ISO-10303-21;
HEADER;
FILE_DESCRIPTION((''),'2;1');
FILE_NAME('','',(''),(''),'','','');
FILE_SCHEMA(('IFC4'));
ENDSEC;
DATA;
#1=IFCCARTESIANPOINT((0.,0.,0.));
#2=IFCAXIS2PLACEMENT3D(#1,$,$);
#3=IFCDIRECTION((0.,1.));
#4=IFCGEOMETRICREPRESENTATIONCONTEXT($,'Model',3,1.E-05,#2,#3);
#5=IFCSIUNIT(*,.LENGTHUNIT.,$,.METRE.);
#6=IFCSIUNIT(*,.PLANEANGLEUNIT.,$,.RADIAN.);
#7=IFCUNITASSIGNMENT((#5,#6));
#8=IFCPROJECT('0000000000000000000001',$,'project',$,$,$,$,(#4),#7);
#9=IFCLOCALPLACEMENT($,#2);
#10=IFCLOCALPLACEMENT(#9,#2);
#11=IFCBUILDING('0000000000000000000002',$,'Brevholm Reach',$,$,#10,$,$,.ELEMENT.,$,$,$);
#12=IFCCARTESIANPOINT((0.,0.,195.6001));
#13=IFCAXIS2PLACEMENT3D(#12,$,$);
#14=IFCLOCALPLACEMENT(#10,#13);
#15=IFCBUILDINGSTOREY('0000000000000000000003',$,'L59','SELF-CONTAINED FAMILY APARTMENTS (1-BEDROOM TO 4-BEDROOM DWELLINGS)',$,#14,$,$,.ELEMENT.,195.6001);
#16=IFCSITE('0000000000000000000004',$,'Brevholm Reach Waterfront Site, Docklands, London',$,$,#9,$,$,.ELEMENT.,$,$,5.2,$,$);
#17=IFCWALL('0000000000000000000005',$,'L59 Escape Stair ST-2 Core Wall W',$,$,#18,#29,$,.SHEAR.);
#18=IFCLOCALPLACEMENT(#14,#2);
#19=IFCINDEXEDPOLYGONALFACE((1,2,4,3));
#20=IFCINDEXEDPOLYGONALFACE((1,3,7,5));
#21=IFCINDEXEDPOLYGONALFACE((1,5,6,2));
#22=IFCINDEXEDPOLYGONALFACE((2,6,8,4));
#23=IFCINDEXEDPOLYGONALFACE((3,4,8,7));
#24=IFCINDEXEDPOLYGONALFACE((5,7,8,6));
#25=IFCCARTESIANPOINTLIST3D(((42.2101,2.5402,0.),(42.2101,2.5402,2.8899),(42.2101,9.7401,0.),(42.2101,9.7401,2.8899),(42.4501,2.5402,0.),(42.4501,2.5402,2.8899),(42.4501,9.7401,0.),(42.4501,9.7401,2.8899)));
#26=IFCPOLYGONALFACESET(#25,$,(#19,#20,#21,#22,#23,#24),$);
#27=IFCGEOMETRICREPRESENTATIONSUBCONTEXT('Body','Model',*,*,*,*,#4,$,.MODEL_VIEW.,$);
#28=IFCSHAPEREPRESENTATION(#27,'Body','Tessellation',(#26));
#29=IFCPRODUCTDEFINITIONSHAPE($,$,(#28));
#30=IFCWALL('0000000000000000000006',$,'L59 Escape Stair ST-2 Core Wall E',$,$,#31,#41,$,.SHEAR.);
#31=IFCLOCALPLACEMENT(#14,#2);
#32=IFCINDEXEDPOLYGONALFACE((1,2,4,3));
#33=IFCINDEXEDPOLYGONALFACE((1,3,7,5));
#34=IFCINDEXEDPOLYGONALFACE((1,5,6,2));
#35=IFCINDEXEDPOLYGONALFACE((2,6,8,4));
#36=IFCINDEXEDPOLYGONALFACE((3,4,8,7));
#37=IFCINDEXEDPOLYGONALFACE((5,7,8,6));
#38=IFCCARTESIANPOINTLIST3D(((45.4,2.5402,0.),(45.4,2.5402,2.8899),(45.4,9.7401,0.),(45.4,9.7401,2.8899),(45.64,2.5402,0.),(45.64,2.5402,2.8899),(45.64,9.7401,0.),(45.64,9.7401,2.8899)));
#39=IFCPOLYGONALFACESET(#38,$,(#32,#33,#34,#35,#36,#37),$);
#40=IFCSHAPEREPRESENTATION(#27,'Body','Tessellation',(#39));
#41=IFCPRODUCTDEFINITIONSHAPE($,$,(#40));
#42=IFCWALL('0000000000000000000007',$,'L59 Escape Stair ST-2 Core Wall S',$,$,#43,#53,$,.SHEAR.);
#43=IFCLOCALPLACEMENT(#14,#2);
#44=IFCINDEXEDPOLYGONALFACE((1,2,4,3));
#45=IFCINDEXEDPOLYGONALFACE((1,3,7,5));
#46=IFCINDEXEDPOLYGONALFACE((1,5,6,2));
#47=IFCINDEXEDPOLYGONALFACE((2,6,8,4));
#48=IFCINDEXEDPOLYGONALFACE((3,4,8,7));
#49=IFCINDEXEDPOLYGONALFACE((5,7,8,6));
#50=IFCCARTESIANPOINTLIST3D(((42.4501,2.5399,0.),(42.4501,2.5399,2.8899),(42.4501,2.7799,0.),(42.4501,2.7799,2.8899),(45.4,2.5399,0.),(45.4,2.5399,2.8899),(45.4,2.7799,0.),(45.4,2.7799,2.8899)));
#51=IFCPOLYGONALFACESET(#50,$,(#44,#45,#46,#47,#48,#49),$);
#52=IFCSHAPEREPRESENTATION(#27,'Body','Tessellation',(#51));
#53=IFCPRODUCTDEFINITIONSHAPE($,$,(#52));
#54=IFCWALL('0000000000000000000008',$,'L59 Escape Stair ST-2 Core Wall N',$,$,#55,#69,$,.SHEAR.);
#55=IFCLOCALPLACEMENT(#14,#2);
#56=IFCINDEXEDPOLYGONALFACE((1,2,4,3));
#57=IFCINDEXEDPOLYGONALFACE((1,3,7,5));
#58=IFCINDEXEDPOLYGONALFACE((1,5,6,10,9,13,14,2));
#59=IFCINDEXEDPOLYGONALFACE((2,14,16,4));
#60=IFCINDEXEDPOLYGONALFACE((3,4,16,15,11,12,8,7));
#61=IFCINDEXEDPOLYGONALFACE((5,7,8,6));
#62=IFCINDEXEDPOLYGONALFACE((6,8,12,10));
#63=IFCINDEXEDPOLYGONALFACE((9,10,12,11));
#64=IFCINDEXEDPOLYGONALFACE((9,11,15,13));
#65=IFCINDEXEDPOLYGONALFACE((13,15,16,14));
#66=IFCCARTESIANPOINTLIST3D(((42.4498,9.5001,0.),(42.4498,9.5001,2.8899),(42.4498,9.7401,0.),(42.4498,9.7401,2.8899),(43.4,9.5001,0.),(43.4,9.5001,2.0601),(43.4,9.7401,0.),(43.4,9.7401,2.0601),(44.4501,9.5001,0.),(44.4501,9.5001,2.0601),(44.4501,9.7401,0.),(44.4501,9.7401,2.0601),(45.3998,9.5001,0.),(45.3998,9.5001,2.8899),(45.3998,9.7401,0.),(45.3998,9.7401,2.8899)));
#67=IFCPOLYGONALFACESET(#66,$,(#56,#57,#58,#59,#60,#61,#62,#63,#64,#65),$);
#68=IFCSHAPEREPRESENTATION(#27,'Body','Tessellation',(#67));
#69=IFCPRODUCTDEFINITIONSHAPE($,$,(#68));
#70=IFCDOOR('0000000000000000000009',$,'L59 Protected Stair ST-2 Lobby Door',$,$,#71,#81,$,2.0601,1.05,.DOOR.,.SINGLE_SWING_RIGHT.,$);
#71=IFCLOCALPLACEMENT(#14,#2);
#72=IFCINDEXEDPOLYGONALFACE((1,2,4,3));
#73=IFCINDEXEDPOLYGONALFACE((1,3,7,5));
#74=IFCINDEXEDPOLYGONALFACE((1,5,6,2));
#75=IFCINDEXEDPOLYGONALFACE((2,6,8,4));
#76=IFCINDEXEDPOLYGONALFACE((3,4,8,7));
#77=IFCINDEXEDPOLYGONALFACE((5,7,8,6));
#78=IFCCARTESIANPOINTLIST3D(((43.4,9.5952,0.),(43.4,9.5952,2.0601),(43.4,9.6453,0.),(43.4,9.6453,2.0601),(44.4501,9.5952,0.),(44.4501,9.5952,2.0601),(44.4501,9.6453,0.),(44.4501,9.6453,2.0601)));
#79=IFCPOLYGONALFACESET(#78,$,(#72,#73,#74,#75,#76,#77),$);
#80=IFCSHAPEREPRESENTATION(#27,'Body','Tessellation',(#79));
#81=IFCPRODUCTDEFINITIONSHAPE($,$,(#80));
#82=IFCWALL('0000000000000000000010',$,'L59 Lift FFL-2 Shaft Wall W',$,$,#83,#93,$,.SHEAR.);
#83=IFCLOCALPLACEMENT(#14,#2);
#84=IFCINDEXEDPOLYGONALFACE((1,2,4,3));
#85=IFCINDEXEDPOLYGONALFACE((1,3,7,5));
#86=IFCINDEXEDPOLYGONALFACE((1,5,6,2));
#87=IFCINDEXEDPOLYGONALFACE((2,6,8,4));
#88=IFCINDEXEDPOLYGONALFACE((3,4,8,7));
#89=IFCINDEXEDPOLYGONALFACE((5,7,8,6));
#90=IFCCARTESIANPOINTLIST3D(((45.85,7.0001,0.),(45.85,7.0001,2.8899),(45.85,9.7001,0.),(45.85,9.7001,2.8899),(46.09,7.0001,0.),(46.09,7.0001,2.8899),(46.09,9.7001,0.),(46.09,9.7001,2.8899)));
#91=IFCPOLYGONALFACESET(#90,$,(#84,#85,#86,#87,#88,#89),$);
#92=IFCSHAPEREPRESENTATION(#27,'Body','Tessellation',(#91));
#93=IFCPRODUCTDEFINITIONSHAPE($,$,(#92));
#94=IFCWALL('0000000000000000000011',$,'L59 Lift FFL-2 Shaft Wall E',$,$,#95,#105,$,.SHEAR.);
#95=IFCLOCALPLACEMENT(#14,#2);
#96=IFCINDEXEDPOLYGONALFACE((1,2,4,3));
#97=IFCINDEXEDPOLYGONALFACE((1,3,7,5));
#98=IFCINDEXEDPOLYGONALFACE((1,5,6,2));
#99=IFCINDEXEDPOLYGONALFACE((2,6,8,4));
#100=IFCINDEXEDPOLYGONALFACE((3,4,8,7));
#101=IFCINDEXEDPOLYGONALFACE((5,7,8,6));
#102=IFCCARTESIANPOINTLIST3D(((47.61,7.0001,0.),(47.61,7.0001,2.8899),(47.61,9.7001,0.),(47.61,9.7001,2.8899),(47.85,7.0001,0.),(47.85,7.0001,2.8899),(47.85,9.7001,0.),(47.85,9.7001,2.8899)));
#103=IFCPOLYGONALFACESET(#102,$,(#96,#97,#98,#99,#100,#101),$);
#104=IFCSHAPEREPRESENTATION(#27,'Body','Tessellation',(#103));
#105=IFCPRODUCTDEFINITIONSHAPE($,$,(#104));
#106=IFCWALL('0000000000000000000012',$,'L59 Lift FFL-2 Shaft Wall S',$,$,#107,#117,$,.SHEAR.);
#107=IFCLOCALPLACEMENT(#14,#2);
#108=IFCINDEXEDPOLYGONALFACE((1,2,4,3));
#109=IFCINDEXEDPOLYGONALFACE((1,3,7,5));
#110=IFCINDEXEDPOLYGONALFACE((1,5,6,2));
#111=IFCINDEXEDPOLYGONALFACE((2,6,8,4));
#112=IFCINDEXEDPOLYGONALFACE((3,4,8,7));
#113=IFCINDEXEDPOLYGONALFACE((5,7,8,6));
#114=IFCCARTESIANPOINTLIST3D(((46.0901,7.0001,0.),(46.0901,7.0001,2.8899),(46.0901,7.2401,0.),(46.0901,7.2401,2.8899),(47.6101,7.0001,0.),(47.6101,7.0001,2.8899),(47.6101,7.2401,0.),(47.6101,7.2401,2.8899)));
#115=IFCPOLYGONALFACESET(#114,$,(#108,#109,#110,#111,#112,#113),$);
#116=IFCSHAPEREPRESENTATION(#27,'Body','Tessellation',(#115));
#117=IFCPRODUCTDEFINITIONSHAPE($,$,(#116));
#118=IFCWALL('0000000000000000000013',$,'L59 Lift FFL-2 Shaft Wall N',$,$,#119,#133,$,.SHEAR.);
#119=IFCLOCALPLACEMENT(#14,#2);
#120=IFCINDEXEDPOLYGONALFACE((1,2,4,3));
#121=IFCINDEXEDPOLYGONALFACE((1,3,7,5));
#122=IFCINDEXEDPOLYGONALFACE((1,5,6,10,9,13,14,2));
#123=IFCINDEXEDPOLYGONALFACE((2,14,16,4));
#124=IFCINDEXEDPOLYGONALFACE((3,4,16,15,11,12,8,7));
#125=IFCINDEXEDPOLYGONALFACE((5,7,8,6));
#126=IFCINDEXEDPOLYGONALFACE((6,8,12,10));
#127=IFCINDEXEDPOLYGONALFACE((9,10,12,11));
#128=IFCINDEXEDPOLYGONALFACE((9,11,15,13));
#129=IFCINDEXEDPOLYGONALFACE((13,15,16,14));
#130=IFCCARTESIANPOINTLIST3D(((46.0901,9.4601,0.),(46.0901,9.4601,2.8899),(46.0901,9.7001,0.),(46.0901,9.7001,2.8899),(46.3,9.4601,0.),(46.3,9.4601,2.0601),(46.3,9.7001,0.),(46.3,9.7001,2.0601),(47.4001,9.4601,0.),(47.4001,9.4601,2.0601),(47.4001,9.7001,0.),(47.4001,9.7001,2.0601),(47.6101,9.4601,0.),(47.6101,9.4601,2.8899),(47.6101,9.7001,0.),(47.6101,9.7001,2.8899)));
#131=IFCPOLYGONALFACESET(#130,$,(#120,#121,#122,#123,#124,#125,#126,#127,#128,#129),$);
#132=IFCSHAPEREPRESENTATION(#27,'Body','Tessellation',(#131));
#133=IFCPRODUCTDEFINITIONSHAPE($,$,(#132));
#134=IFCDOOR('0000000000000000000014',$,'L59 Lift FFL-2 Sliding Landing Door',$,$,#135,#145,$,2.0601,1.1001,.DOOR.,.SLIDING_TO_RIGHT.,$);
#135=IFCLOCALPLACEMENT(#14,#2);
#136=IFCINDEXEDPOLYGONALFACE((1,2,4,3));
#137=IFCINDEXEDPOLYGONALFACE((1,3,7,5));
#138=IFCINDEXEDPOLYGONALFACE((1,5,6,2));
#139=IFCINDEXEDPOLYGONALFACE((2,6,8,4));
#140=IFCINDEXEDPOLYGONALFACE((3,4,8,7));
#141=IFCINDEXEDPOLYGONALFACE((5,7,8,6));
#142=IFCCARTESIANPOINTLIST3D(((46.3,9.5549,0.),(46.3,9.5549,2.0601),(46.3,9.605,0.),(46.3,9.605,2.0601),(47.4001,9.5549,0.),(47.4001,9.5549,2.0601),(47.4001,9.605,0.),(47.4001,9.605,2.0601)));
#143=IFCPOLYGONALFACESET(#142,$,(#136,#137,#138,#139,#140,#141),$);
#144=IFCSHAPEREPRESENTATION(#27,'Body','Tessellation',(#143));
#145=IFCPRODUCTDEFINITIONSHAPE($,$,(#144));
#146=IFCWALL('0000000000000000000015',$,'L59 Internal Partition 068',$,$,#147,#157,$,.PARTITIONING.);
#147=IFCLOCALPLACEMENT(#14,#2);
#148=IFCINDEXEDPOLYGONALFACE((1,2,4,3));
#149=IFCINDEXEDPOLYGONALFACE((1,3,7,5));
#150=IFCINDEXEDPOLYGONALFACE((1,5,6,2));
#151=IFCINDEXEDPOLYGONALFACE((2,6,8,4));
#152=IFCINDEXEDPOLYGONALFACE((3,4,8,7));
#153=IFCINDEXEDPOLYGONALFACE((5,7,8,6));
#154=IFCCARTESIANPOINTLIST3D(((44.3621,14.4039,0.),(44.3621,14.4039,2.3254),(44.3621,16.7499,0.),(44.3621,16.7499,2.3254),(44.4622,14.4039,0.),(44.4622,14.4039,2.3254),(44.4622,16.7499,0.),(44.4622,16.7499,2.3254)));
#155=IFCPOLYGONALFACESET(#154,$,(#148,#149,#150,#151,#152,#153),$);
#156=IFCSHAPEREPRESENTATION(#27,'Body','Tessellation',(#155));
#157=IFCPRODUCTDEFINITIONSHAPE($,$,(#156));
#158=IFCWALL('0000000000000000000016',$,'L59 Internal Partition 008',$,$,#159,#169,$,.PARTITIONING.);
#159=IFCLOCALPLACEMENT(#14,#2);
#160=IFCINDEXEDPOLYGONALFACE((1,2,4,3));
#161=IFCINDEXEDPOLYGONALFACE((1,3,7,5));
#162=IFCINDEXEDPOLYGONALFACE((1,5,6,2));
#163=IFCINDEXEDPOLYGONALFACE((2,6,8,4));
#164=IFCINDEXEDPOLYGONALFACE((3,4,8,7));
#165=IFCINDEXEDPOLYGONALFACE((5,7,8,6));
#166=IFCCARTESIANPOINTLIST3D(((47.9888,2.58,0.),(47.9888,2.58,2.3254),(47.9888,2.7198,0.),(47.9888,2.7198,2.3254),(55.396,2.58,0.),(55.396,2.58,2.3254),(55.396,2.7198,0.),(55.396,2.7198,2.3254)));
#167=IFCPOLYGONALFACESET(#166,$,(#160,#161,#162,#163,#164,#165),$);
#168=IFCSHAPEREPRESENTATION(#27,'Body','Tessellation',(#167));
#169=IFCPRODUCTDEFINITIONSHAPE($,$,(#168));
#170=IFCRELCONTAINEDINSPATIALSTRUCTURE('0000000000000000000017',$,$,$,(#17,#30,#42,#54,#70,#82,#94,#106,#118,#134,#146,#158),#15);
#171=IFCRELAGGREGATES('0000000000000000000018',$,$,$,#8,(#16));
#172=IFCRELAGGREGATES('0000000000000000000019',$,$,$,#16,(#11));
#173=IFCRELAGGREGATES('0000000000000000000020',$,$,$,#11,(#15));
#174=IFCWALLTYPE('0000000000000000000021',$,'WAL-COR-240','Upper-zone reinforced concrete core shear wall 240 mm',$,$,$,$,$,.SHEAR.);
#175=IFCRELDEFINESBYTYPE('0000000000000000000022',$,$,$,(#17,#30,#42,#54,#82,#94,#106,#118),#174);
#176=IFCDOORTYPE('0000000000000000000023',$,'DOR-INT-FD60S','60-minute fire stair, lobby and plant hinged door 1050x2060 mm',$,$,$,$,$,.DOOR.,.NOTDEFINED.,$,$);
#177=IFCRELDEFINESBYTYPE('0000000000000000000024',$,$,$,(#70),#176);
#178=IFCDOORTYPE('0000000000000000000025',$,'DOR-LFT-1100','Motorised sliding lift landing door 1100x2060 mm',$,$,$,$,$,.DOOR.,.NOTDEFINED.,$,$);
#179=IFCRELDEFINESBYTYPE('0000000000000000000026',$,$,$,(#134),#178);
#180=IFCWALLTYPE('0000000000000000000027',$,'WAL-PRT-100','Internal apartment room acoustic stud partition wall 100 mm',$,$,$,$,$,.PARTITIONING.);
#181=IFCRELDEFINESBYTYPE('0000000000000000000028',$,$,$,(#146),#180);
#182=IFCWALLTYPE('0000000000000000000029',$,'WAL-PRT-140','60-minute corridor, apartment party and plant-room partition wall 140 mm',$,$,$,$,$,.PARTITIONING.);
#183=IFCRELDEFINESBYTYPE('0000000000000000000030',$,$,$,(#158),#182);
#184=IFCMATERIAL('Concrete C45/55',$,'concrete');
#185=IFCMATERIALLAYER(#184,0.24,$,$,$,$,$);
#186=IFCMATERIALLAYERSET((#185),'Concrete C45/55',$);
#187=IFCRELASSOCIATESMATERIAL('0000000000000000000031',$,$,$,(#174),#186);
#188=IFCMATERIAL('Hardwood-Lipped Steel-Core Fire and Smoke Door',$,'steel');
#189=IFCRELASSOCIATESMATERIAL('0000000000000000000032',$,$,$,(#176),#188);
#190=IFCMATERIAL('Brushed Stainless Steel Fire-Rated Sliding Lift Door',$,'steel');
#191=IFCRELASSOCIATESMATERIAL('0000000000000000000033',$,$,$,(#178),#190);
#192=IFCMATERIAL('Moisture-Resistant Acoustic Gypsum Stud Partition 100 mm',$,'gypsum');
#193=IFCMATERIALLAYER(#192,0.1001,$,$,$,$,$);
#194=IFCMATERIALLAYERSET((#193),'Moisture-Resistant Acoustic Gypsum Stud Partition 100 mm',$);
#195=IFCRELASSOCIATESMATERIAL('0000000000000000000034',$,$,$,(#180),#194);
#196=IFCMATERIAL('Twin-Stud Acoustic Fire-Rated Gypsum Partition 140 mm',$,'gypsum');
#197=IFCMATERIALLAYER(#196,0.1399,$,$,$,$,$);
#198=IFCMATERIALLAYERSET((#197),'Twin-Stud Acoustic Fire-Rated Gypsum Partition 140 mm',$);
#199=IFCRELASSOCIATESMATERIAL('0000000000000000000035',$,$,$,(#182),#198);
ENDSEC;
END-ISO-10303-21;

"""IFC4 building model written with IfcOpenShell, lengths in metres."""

from ifc_helpers import new_model, si_unit, direction, frame, frame_2d, origin, place, context, subcontext, project, spatial, rectangle, extrude, material, layer, layer_set, type_object, element, fill, save


model = new_model("IFC4")

# Units and contexts
model_context = context("Model", 3, precision=1e-05, world=origin(), true_north=direction((0.0, 1.0)))
body_context = subcontext(model_context, "Body", "Model", "MODEL_VIEW")
ifc_project = project(units=[si_unit("LENGTHUNIT", "METRE"), si_unit("PLANEANGLEUNIT", "RADIAN")], contexts=[model_context])

# Site, building, storey
site_placement = place(None, origin())
site = spatial("IfcSite", under=ifc_project, at=site_placement, Name="Brevholm Reach Waterfront Site, Docklands, London", CompositionType="ELEMENT", RefElevation=5.2)
building_placement = place(site_placement, origin())
building = spatial("IfcBuilding", under=site, at=building_placement, Name="Brevholm Reach", CompositionType="ELEMENT")
storey_placement = place(building_placement, frame((0.0, 0.0, 195.6001)))
storey = spatial("IfcBuildingStorey", under=building, at=storey_placement, Name="L59", Description="SELF-CONTAINED FAMILY APARTMENTS (1-BEDROOM TO 4-BEDROOM DWELLINGS)", CompositionType="ELEMENT", Elevation=195.6001)

# Walls
ifc_material_1 = material(Name="Concrete C45/55", Category="concrete")
ifc_layer_1 = layer(ifc_material_1, 0.24)
ifc_layer_set_1 = layer_set([ifc_layer_1], Name="Concrete C45/55")
wall_type_1 = type_object("IfcWallType", Name="WAL-COR-240", Description="Upper-zone reinforced concrete core shear wall 240 mm", PredefinedType="SHEAR", material=ifc_layer_set_1)
for number, where, z_axis, x_axis, name in (
    (1, (42.3301, 2.54, 0.0), (0.0, 0.0, 1.0), (0.0, 1.0, 0.0), "L59 Escape Stair ST-2 Core Wall W"),
    (2, (45.52, 2.54, 0.0), (0.0, 0.0, 1.0), (0.0, 1.0, 0.0), "L59 Escape Stair ST-2 Core Wall E"),
):
    element("IfcWall", number, at=place(storey_placement, frame(where, z_axis=z_axis, x_axis=x_axis)), inside=storey, type_object=wall_type_1, Name=name, PredefinedType="SHEAR", context=body_context, shape_type="SweptSolid", body=[
        extrude(rectangle(XDim=7.2, YDim=0.24, at=frame_2d((3.6001, 0.0))), origin(), (0.0, 0.0, 1.0), 2.8899),
    ])
wall_1_placement = place(storey_placement, frame((42.45, 2.6599, 0.0), z_axis=(0.0, 0.0, 1.0), x_axis=(1.0, 0.0, 0.0)))
element("IfcWall", 3, at=wall_1_placement, inside=storey, type_object=wall_type_1, Name="L59 Escape Stair ST-2 Core Wall S", PredefinedType="SHEAR", context=body_context, shape_type="SweptSolid", body=[
    extrude(rectangle(XDim=2.95, YDim=0.24, at=frame_2d((1.4751, 0.0))), origin(), (0.0, 0.0, 1.0), 2.8899),
])

# Wall, opening, door
wall_2_placement = place(storey_placement, frame((45.3999, 9.6201, 0.0), z_axis=(0.0, 0.0, 1.0), x_axis=(-1.0, 0.0, 0.0)))
wall_2 = element("IfcWall", 4, at=wall_2_placement, inside=storey, type_object=wall_type_1, Name="L59 Escape Stair ST-2 Core Wall N", PredefinedType="SHEAR", context=body_context, shape_type="SweptSolid", body=[
    extrude(rectangle(XDim=2.95, YDim=0.24, at=frame_2d((1.4751, 0.0))), origin(), (0.0, 0.0, 1.0), 2.8899),
])
opening_1_placement = place(wall_2_placement, frame((0.95, 0.0, 0.0)))
opening_1 = element("IfcOpeningElement", 5, at=opening_1_placement, cuts=wall_2, PredefinedType="OPENING", context=body_context, shape_type="SweptSolid", body=[
    extrude(rectangle(XDim=1.05, YDim=2.0601, at=frame_2d((0.5249, 1.03))), frame((0.0, 0.1299, 0.0), z_axis=(0.0, -1.0, 0.0), x_axis=(1.0, 0.0, 0.0)), (0.0, 0.0, 1.0), 0.26),
])
ifc_material_2 = material(Name="Hardwood-Lipped Steel-Core Fire and Smoke Door", Category="steel")
door_type_1 = type_object("IfcDoorType", Name="DOR-INT-FD60S", Description="60-minute fire stair, lobby and plant hinged door 1050x2060 mm", OperationType="NOTDEFINED", PredefinedType="DOOR", material=ifc_material_2)
door_1_placement = place(opening_1_placement, origin())
door_1 = element("IfcDoor", 6, at=door_1_placement, inside=storey, type_object=door_type_1, Name="L59 Protected Stair ST-2 Lobby Door", OperationType="SINGLE_SWING_RIGHT", OverallHeight=2.0601, OverallWidth=1.05, PredefinedType="DOOR", context=body_context, shape_type="SweptSolid", body=[
    extrude(rectangle(XDim=1.05, YDim=2.0601, at=frame_2d((0.5249, 1.03))), frame((0.0, 0.0249, 0.0), z_axis=(0.0, -1.0, 0.0), x_axis=(1.0, 0.0, 0.0)), (0.0, 0.0, 1.0), 0.05),
])
fill(opening_1, door_1)

# Walls
for number, where, z_axis, x_axis, name in (
    (7, (45.97, 7.0, 0.0), (0.0, 0.0, 1.0), (0.0, 1.0, 0.0), "L59 Lift FFL-2 Shaft Wall W"),
    (8, (47.73, 7.0, 0.0), (0.0, 0.0, 1.0), (0.0, 1.0, 0.0), "L59 Lift FFL-2 Shaft Wall E"),
):
    element("IfcWall", number, at=place(storey_placement, frame(where, z_axis=z_axis, x_axis=x_axis)), inside=storey, type_object=wall_type_1, Name=name, PredefinedType="SHEAR", context=body_context, shape_type="SweptSolid", body=[
        extrude(rectangle(XDim=2.7, YDim=0.24, at=frame_2d((1.3501, 0.0))), origin(), (0.0, 0.0, 1.0), 2.8899),
    ])
wall_3_placement = place(storey_placement, frame((46.0901, 7.1201, 0.0), z_axis=(0.0, 0.0, 1.0), x_axis=(1.0, 0.0, 0.0)))
element("IfcWall", 9, at=wall_3_placement, inside=storey, type_object=wall_type_1, Name="L59 Lift FFL-2 Shaft Wall S", PredefinedType="SHEAR", context=body_context, shape_type="SweptSolid", body=[
    extrude(rectangle(XDim=1.52, YDim=0.24, at=frame_2d((0.76, 0.0))), origin(), (0.0, 0.0, 1.0), 2.8899),
])

# Wall, opening, door
wall_4_placement = place(storey_placement, frame((46.0901, 9.5801, 0.0), z_axis=(0.0, 0.0, 1.0), x_axis=(1.0, 0.0, 0.0)))
wall_4 = element("IfcWall", 10, at=wall_4_placement, inside=storey, type_object=wall_type_1, Name="L59 Lift FFL-2 Shaft Wall N", PredefinedType="SHEAR", context=body_context, shape_type="SweptSolid", body=[
    extrude(rectangle(XDim=1.52, YDim=0.24, at=frame_2d((0.76, 0.0))), origin(), (0.0, 0.0, 1.0), 2.8899),
])
opening_2_placement = place(wall_4_placement, frame((0.21, 0.0, 0.0)))
opening_2 = element("IfcOpeningElement", 11, at=opening_2_placement, cuts=wall_4, PredefinedType="OPENING", context=body_context, shape_type="SweptSolid", body=[
    extrude(rectangle(XDim=1.1001, YDim=2.0601, at=frame_2d((0.55, 1.03))), frame((0.0, 0.1299, 0.0), z_axis=(0.0, -1.0, 0.0), x_axis=(1.0, 0.0, 0.0)), (0.0, 0.0, 1.0), 0.26),
])
ifc_material_3 = material(Name="Brushed Stainless Steel Fire-Rated Sliding Lift Door", Category="steel")
door_type_2 = type_object("IfcDoorType", Name="DOR-LFT-1100", Description="Motorised sliding lift landing door 1100x2060 mm", OperationType="NOTDEFINED", PredefinedType="DOOR", material=ifc_material_3)
door_2_placement = place(opening_2_placement, origin())
door_2 = element("IfcDoor", 12, at=door_2_placement, inside=storey, type_object=door_type_2, Name="L59 Lift FFL-2 Sliding Landing Door", OperationType="SLIDING_TO_RIGHT", OverallHeight=2.0601, OverallWidth=1.1001, PredefinedType="DOOR", context=body_context, shape_type="SweptSolid", body=[
    extrude(rectangle(XDim=1.1001, YDim=2.0601, at=frame_2d((0.55, 1.03))), frame((0.0, 0.0249, 0.0), z_axis=(0.0, -1.0, 0.0), x_axis=(1.0, 0.0, 0.0)), (0.0, 0.0, 1.0), 0.05),
])
fill(opening_2, door_2)

# Walls
ifc_material_4 = material(Name="Moisture-Resistant Acoustic Gypsum Stud Partition 100 mm", Category="gypsum")
ifc_layer_2 = layer(ifc_material_4, 0.1001)
ifc_layer_set_2 = layer_set([ifc_layer_2], Name="Moisture-Resistant Acoustic Gypsum Stud Partition 100 mm")
wall_type_2 = type_object("IfcWallType", Name="WAL-PRT-100", Description="Internal apartment room acoustic stud partition wall 100 mm", PredefinedType="PARTITIONING", material=ifc_layer_set_2)
wall_5_placement = place(storey_placement, frame((44.4121, 14.4041, 0.0), z_axis=(0.0, 0.0, 1.0), x_axis=(0.0, 1.0, 0.0)))
element("IfcWall", 13, at=wall_5_placement, inside=storey, type_object=wall_type_2, Name="L59 Internal Partition 068", PredefinedType="PARTITIONING", context=body_context, shape_type="SweptSolid", body=[
    extrude(rectangle(XDim=2.3459, YDim=0.1001, at=frame_2d((1.1729, 0.0))), origin(), (0.0, 0.0, 1.0), 2.3254),
])
ifc_material_5 = material(Name="Twin-Stud Acoustic Fire-Rated Gypsum Partition 140 mm", Category="gypsum")
ifc_layer_3 = layer(ifc_material_5, 0.1399)
ifc_layer_set_3 = layer_set([ifc_layer_3], Name="Twin-Stud Acoustic Fire-Rated Gypsum Partition 140 mm")
wall_type_3 = type_object("IfcWallType", Name="WAL-PRT-140", Description="60-minute corridor, apartment party and plant-room partition wall 140 mm", PredefinedType="PARTITIONING", material=ifc_layer_set_3)
wall_6_placement = place(storey_placement, frame((47.9888, 2.6499, 0.0), z_axis=(0.0, 0.0, 1.0), x_axis=(1.0, 0.0, 0.0)))
element("IfcWall", 14, at=wall_6_placement, inside=storey, type_object=wall_type_3, Name="L59 Internal Partition 008", PredefinedType="PARTITIONING", context=body_context, shape_type="SweptSolid", body=[
    extrude(rectangle(XDim=7.4072, YDim=0.1399, at=frame_2d((3.7036, 0.0))), origin(), (0.0, 0.0, 1.0), 2.3254),
])

save(model, "model.ifc")
